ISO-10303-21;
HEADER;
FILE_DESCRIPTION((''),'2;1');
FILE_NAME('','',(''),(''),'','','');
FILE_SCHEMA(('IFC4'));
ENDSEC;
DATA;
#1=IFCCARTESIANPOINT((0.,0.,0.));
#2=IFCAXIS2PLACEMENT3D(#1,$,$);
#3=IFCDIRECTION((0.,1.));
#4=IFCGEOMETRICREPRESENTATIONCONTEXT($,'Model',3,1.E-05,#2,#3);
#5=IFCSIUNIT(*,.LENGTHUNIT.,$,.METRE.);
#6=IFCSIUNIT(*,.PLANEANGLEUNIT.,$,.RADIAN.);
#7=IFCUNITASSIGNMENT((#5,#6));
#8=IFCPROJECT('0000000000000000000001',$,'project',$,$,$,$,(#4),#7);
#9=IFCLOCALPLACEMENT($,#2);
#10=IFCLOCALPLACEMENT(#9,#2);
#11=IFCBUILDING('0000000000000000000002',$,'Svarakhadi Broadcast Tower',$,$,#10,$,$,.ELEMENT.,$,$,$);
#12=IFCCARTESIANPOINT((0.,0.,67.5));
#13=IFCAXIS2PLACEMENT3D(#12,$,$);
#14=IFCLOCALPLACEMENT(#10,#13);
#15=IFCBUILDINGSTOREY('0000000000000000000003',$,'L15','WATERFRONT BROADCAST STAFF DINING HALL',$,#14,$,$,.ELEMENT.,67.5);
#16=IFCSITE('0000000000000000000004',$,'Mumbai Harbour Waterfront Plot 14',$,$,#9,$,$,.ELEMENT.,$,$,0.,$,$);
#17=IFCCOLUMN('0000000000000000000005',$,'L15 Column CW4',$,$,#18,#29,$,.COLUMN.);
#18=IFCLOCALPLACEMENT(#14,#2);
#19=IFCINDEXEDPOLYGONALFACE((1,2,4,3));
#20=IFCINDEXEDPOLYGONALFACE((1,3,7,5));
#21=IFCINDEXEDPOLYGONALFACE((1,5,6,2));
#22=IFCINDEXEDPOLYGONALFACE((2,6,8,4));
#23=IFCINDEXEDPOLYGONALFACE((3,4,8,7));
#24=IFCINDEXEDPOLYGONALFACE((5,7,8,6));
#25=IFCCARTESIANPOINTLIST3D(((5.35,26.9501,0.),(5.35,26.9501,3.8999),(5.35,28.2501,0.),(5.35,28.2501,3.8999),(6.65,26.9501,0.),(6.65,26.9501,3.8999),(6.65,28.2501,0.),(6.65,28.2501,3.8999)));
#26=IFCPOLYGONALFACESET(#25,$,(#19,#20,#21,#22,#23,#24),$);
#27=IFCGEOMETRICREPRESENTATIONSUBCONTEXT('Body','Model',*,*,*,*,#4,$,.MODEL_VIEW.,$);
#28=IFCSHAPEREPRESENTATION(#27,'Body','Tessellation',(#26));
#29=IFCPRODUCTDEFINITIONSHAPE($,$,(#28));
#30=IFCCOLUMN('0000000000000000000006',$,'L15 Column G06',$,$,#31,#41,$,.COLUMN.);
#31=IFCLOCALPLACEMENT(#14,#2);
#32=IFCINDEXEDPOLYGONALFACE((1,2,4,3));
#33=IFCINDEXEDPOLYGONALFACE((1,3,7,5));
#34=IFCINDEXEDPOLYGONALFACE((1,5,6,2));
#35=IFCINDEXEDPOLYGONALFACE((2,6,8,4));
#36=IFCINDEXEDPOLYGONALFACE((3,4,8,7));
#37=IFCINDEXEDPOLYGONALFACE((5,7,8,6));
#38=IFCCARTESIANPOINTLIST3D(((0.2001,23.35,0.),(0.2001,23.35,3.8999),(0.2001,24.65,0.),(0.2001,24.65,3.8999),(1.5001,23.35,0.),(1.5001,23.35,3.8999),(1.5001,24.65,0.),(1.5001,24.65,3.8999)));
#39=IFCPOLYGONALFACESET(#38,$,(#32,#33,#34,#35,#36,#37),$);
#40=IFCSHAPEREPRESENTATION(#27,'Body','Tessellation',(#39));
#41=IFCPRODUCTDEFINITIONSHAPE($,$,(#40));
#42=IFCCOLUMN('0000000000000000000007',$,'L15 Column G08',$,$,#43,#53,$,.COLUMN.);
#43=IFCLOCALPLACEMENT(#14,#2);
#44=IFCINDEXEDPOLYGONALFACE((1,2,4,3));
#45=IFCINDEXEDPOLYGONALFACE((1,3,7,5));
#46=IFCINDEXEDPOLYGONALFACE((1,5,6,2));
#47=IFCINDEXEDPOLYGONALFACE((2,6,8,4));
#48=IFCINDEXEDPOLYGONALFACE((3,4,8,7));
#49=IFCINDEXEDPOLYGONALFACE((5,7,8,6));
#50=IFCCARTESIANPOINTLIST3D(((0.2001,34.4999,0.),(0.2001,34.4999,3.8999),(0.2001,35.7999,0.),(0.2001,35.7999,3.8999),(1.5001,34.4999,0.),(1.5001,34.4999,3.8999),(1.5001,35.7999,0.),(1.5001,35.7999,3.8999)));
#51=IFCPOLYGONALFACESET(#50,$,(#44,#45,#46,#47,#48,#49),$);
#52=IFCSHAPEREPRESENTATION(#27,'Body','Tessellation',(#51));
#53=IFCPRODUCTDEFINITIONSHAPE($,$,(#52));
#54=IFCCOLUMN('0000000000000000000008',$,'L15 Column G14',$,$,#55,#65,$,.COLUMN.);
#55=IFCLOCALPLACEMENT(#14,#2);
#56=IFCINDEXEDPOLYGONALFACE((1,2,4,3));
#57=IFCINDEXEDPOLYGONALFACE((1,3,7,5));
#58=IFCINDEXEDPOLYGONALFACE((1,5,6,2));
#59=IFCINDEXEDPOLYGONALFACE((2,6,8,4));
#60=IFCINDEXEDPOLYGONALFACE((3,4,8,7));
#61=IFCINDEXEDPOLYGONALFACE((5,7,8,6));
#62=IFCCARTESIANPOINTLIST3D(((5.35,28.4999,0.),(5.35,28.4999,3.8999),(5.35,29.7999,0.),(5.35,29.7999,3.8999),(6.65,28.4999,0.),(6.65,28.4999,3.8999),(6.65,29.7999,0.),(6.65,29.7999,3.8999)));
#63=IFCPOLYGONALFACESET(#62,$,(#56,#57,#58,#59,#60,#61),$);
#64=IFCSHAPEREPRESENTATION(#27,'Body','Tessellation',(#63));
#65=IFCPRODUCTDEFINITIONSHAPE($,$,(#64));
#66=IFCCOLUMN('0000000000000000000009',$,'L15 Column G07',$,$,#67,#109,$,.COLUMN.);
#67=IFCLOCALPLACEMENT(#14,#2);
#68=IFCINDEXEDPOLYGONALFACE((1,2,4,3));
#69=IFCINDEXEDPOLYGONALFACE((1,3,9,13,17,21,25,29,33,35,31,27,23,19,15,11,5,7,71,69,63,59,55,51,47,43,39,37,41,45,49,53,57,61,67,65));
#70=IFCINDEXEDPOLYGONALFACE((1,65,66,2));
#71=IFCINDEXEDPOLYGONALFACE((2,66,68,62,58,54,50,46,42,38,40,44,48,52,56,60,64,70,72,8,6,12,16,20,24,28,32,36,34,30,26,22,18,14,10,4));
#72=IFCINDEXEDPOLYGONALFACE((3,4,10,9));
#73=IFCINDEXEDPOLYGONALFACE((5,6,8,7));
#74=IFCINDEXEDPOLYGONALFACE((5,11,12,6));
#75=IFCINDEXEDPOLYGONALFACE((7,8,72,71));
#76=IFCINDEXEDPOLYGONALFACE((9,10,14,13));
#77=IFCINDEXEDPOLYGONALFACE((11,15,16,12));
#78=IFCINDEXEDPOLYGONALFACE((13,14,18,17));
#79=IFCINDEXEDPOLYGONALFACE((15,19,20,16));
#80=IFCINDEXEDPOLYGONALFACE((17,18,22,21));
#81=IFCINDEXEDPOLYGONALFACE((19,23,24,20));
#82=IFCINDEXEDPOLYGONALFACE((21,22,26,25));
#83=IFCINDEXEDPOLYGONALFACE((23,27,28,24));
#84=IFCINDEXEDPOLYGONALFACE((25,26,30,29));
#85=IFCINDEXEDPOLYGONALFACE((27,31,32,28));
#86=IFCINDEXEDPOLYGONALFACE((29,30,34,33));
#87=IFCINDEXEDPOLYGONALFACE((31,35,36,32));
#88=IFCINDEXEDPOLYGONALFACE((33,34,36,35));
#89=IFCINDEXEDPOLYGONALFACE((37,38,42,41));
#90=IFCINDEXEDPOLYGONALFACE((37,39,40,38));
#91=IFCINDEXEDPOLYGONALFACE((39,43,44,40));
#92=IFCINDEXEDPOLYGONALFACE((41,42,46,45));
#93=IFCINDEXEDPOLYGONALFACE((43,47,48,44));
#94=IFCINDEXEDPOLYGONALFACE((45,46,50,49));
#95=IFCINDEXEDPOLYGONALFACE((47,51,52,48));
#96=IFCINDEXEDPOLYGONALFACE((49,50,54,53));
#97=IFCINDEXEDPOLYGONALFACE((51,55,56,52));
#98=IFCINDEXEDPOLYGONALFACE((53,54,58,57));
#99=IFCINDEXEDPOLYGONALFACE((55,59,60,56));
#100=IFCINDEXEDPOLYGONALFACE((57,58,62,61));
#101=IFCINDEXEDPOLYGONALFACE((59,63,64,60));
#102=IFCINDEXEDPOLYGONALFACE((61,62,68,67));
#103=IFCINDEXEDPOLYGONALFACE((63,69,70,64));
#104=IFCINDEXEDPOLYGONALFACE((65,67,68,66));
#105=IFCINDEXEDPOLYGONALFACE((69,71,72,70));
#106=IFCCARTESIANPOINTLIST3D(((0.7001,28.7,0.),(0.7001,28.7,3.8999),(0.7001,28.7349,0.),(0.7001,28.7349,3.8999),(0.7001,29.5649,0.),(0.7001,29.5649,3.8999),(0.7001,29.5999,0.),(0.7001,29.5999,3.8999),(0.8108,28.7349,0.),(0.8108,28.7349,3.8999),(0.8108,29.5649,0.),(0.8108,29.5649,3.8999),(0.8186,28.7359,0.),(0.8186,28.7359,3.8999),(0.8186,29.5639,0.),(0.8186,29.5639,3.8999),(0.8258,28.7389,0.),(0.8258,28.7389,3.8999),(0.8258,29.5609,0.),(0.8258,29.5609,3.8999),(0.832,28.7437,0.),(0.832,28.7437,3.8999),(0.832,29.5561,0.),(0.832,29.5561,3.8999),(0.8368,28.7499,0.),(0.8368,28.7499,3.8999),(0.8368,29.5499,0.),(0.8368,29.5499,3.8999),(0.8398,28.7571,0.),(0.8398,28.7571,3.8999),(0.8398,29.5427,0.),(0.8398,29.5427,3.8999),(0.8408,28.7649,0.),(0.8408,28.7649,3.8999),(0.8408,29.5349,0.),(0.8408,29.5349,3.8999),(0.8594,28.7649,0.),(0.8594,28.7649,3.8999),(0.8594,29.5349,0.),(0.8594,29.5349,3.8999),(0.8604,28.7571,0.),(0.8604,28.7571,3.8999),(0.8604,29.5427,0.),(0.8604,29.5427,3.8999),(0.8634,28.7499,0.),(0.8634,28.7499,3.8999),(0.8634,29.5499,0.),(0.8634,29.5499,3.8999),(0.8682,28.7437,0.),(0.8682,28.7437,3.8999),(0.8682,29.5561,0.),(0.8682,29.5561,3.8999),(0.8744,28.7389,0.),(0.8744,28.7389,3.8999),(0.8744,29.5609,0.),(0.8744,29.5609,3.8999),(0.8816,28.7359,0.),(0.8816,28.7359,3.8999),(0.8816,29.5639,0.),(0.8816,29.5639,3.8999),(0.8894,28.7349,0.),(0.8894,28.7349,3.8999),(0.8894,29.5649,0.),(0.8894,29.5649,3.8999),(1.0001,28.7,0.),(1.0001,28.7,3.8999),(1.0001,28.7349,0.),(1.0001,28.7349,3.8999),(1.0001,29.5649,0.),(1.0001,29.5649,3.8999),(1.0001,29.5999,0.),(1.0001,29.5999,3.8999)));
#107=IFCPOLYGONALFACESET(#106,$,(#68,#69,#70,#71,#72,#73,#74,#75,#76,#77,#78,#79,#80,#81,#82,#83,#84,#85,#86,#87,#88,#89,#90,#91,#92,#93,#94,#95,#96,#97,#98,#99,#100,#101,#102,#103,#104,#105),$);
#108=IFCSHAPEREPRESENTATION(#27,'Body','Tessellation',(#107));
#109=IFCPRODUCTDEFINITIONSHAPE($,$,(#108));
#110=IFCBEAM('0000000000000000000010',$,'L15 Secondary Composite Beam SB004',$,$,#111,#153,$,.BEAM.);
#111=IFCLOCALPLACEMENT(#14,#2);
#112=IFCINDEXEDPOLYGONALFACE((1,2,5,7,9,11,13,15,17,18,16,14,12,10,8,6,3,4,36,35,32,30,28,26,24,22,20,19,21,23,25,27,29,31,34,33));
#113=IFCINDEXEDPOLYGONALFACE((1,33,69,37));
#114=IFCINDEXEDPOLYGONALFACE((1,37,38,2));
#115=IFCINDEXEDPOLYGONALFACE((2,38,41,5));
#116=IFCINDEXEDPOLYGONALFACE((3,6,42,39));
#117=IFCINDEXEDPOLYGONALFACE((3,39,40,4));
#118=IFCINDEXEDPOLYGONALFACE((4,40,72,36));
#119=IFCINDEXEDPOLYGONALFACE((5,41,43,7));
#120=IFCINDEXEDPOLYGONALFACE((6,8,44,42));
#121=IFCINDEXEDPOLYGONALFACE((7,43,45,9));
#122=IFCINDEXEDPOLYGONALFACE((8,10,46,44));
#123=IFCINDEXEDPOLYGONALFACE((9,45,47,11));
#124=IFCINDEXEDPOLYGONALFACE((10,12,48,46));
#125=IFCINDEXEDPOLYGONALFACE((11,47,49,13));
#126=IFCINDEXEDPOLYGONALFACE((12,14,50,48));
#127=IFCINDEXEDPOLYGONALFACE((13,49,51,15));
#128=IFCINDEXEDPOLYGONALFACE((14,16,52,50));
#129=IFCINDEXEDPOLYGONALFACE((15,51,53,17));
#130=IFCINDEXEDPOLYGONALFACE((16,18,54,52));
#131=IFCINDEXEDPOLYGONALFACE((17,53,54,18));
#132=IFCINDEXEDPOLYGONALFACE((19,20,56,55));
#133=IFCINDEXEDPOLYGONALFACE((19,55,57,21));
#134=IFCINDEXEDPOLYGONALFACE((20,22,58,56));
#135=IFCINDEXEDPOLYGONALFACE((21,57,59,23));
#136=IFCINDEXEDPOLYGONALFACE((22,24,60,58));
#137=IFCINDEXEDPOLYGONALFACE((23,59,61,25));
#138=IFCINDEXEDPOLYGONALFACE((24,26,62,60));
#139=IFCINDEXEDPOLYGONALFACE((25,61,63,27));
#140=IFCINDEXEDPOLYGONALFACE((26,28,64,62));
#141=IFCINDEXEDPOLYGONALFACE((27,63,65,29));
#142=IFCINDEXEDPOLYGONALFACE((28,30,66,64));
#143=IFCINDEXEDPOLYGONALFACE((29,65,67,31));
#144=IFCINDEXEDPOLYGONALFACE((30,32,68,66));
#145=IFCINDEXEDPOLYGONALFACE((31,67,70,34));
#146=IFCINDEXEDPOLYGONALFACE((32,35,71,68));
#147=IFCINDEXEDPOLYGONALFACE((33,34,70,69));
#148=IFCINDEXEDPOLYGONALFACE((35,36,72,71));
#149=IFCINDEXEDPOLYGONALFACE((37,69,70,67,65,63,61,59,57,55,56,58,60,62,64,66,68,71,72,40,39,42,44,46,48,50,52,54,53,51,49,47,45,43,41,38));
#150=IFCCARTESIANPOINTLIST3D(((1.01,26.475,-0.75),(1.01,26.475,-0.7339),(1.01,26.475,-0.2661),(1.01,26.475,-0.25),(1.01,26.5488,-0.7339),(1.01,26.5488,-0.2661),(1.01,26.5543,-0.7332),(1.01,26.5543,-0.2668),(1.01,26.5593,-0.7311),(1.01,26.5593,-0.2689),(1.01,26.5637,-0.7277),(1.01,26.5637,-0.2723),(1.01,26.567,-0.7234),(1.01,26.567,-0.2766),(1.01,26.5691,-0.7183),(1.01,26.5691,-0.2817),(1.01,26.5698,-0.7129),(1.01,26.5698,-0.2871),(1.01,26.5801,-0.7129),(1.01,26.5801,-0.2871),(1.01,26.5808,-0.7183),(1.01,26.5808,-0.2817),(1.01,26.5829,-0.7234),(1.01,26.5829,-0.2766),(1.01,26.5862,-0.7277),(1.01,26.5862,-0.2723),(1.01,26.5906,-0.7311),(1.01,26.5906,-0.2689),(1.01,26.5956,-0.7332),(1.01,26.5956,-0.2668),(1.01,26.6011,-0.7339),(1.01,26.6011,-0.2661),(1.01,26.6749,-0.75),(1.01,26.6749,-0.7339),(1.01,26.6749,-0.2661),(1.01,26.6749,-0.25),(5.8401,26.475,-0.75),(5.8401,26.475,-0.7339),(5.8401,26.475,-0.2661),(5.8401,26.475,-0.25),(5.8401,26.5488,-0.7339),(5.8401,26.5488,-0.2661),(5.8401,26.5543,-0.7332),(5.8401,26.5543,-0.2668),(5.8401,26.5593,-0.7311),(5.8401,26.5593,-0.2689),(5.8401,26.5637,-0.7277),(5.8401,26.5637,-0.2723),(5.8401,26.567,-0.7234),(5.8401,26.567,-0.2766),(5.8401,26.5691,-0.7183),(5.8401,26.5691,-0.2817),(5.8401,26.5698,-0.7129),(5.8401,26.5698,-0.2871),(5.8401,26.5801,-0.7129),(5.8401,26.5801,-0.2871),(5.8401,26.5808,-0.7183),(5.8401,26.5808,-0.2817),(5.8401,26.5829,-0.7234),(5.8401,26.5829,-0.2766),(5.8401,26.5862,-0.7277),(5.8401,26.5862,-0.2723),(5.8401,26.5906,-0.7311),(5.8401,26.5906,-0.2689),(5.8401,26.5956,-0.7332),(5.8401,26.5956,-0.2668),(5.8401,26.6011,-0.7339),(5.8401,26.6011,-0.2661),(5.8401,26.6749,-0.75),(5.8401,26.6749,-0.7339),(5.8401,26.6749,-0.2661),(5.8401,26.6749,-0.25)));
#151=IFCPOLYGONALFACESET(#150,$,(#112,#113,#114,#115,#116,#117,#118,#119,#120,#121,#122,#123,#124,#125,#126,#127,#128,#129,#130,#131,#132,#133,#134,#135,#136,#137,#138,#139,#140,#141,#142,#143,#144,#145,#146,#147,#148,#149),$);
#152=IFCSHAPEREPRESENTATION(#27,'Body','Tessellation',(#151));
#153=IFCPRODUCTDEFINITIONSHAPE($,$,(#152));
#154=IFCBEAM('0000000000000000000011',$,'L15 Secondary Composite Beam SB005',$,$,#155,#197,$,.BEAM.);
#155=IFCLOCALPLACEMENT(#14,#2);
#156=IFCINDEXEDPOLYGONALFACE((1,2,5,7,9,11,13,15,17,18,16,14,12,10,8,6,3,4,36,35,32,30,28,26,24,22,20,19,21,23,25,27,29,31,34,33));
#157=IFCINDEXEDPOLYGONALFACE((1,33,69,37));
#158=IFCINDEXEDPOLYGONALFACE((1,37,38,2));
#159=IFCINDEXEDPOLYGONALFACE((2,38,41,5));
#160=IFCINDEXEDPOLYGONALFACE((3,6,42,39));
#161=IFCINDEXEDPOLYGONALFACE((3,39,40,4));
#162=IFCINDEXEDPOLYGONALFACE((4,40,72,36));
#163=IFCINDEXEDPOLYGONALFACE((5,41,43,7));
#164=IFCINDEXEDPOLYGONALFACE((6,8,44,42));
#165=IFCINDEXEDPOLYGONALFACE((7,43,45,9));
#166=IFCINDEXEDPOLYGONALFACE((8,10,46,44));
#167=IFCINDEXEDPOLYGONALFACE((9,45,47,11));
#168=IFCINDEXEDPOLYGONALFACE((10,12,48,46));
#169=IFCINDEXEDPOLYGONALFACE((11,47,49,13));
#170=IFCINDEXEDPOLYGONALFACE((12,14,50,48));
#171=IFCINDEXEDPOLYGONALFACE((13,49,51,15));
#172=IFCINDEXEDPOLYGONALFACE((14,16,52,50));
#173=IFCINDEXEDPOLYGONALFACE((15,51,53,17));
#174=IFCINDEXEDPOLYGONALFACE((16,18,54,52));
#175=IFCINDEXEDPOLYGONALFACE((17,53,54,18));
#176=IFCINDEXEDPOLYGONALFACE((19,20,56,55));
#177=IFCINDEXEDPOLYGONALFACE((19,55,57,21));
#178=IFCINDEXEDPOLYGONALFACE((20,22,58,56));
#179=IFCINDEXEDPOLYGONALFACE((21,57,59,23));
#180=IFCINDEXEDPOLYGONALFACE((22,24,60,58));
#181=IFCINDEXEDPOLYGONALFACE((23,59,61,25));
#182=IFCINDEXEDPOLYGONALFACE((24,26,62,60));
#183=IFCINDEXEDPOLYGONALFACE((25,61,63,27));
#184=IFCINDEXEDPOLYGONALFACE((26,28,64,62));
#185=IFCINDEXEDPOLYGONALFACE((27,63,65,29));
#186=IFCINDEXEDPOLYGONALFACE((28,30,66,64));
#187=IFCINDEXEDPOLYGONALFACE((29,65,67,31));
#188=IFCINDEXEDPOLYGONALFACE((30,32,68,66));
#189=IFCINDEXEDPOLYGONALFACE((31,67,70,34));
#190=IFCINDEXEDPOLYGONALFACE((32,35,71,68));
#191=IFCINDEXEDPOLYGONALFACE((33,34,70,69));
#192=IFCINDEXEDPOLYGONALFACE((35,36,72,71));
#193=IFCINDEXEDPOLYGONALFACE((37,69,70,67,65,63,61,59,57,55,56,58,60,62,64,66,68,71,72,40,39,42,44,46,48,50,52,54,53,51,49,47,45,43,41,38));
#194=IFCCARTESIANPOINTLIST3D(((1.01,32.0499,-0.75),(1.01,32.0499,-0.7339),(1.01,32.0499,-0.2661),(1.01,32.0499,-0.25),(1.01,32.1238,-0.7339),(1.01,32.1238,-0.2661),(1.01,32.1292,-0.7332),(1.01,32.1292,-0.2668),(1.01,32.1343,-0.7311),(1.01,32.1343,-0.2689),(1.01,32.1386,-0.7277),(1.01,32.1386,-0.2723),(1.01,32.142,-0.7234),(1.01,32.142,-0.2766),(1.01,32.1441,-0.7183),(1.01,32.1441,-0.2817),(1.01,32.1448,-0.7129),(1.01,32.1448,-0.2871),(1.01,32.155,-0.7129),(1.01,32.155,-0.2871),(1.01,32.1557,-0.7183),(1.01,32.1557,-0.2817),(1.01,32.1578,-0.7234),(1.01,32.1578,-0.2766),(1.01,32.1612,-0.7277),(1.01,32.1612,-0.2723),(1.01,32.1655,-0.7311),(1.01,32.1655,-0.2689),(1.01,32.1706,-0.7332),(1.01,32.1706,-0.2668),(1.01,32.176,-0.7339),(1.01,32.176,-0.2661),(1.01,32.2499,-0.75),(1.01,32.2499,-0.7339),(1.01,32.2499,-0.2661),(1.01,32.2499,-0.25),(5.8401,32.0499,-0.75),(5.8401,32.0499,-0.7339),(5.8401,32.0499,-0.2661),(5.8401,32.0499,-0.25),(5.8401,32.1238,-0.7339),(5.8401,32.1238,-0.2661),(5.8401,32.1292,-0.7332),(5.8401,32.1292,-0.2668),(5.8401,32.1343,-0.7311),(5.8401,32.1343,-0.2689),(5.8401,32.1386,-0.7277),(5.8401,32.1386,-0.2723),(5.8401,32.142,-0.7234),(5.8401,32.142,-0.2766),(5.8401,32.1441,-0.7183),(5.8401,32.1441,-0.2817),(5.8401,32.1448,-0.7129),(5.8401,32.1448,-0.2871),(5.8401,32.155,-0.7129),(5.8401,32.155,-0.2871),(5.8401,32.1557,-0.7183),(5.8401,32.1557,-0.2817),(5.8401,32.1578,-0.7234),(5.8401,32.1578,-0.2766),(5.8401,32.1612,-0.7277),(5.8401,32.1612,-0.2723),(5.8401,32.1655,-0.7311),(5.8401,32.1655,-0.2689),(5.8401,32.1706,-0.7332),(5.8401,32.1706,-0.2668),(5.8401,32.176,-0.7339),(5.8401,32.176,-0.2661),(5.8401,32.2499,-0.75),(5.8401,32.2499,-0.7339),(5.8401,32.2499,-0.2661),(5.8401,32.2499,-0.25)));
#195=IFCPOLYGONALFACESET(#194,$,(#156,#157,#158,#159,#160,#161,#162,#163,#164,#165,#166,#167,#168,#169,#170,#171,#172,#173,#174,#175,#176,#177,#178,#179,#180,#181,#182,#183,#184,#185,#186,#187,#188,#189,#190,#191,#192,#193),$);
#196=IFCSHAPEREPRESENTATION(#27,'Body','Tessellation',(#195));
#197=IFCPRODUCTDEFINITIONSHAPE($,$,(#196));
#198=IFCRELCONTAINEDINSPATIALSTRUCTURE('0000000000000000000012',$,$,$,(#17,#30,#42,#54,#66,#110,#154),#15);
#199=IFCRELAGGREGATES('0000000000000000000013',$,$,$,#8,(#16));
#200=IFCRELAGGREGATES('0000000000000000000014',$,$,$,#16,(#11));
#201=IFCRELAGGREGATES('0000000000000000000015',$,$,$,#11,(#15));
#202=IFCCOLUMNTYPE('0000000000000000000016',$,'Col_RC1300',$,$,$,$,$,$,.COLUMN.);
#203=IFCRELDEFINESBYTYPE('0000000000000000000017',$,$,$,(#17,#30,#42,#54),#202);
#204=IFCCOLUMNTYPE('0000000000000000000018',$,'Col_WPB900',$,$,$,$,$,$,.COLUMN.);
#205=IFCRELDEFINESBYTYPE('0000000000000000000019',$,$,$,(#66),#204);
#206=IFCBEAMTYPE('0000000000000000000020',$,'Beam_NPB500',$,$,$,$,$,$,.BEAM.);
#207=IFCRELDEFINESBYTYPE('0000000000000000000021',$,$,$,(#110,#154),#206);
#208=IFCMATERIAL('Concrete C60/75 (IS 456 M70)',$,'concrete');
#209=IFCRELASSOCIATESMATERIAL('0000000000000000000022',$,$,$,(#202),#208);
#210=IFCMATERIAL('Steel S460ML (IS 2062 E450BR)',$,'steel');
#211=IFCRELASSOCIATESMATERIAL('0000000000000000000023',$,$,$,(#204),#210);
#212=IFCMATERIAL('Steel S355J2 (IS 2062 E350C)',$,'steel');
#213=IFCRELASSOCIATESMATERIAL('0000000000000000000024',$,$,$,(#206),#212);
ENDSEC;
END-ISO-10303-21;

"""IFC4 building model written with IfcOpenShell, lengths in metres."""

from ifc_helpers import new_model, si_unit, direction, frame, origin, origin_2d, place, context, subcontext, project, spatial, rectangle, i_section, extrude, material, material_profile, profile_set, type_object, element, save


model = new_model("IFC4")

# Units and contexts
model_context = context("Model", 3, precision=1e-05, world=origin(), true_north=direction((0.0, 1.0)))
body_context = subcontext(model_context, "Body", "Model", "MODEL_VIEW")
ifc_project = project(units=[si_unit("LENGTHUNIT", "METRE"), si_unit("PLANEANGLEUNIT", "RADIAN")], contexts=[model_context])

# Site, building, storey
site_placement = place(None, origin())
site = spatial("IfcSite", under=ifc_project, at=site_placement, Name="Mumbai Harbour Waterfront Plot 14", CompositionType="ELEMENT", RefElevation=0.0)
building_placement = place(site_placement, origin())
building = spatial("IfcBuilding", under=site, at=building_placement, Name="Svarakhadi Broadcast Tower", CompositionType="ELEMENT")
storey_placement = place(building_placement, frame((0.0, 0.0, 67.5)))
storey = spatial("IfcBuildingStorey", under=building, at=storey_placement, Name="L15", Description="WATERFRONT BROADCAST STAFF DINING HALL", CompositionType="ELEMENT", Elevation=67.5)

# Columns
ifc_material_1 = material(Name="Concrete C60/75 (IS 456 M70)", Category="concrete")
ifc_material_profile_1 = material_profile(ifc_material_1, rectangle(XDim=1.3, YDim=1.3, at=origin_2d()), Name="RC 1300x1300")
ifc_profile_set_1 = profile_set([ifc_material_profile_1], Name="Concrete C60/75 (IS 456 M70)")
column_type_1 = type_object("IfcColumnType", Name="Col_RC1300", PredefinedType="COLUMN", material=ifc_profile_set_1)
for number, where, z_axis, x_axis, name in (
    (1, (6.0, 27.6001, 0.0), (0.0, 0.0, 1.0), (1.0, 0.0, 0.0), "L15 Column CW4"),
    (2, (0.8501, 24.0, 0.0), (0.0, 0.0, 1.0), (1.0, 0.0, 0.0), "L15 Column G06"),
    (3, (0.8501, 35.1499, 0.0), (0.0, 0.0, 1.0), (1.0, 0.0, 0.0), "L15 Column G08"),
    (4, (6.0, 29.1499, 0.0), (0.0, 0.0, 1.0), (1.0, 0.0, 0.0), "L15 Column G14"),
):
    element("IfcColumn", number, at=place(storey_placement, frame(where, z_axis=z_axis, x_axis=x_axis)), inside=storey, type_object=column_type_1, Name=name, PredefinedType="COLUMN", context=body_context, shape_type="SweptSolid", body=[
        extrude(rectangle(XDim=1.3, YDim=1.3, at=origin_2d()), origin(), (0.0, 0.0, 1.0), 3.8999),
    ])
ifc_material_2 = material(Name="Steel S460ML (IS 2062 E450BR)", Category="steel")
ifc_material_profile_2 = material_profile(ifc_material_2, i_section(OverallWidth=0.3, OverallDepth=0.8999, WebThickness=0.0186, FlangeThickness=0.0349, FilletRadius=0.03, at=origin_2d()), Name="WPB 900x300x291")
ifc_profile_set_2 = profile_set([ifc_material_profile_2], Name="Steel S460ML (IS 2062 E450BR)")
column_type_2 = type_object("IfcColumnType", Name="Col_WPB900", PredefinedType="COLUMN", material=ifc_profile_set_2)
column_placement = place(storey_placement, frame((0.8501, 29.1499, 0.0), z_axis=(0.0, 0.0, 1.0), x_axis=(1.0, 0.0, 0.0)))
element("IfcColumn", 5, at=column_placement, inside=storey, type_object=column_type_2, Name="L15 Column G07", PredefinedType="COLUMN", context=body_context, shape_type="SweptSolid", body=[
    extrude(i_section(OverallWidth=0.3, OverallDepth=0.8999, WebThickness=0.0186, FlangeThickness=0.0349, FilletRadius=0.03, at=origin_2d()), origin(), (0.0, 0.0, 1.0), 3.8999),
])

# Beams
ifc_material_3 = material(Name="Steel S355J2 (IS 2062 E350C)", Category="steel")
ifc_material_profile_3 = material_profile(ifc_material_3, i_section(OverallWidth=0.2, OverallDepth=0.5, WebThickness=0.0103, FlangeThickness=0.0161, FilletRadius=0.021, at=origin_2d()), Name="NPB 500x200x91")
ifc_profile_set_3 = profile_set([ifc_material_profile_3], Name="Steel S355J2 (IS 2062 E350C)")
beam_type_1 = type_object("IfcBeamType", Name="Beam_NPB500", PredefinedType="BEAM", material=ifc_profile_set_3)
for number, where, z_axis, x_axis, name in (
    (6, (1.01, 26.575, -0.5), (1.0, 0.0, 0.0), (0.0, 1.0, 0.0), "L15 Secondary Composite Beam SB004"),
    (7, (1.01, 32.1499, -0.5), (1.0, 0.0, 0.0), (0.0, 1.0, 0.0), "L15 Secondary Composite Beam SB005"),
):
    element("IfcBeam", number, at=place(storey_placement, frame(where, z_axis=z_axis, x_axis=x_axis)), inside=storey, type_object=beam_type_1, Name=name, PredefinedType="BEAM", context=body_context, shape_type="SweptSolid", body=[
        extrude(i_section(OverallWidth=0.2, OverallDepth=0.5, WebThickness=0.0103, FlangeThickness=0.0161, FilletRadius=0.021, at=origin_2d()), origin(), (0.0, 0.0, 1.0), 4.8301),
    ])

save(model, "model.ifc")
